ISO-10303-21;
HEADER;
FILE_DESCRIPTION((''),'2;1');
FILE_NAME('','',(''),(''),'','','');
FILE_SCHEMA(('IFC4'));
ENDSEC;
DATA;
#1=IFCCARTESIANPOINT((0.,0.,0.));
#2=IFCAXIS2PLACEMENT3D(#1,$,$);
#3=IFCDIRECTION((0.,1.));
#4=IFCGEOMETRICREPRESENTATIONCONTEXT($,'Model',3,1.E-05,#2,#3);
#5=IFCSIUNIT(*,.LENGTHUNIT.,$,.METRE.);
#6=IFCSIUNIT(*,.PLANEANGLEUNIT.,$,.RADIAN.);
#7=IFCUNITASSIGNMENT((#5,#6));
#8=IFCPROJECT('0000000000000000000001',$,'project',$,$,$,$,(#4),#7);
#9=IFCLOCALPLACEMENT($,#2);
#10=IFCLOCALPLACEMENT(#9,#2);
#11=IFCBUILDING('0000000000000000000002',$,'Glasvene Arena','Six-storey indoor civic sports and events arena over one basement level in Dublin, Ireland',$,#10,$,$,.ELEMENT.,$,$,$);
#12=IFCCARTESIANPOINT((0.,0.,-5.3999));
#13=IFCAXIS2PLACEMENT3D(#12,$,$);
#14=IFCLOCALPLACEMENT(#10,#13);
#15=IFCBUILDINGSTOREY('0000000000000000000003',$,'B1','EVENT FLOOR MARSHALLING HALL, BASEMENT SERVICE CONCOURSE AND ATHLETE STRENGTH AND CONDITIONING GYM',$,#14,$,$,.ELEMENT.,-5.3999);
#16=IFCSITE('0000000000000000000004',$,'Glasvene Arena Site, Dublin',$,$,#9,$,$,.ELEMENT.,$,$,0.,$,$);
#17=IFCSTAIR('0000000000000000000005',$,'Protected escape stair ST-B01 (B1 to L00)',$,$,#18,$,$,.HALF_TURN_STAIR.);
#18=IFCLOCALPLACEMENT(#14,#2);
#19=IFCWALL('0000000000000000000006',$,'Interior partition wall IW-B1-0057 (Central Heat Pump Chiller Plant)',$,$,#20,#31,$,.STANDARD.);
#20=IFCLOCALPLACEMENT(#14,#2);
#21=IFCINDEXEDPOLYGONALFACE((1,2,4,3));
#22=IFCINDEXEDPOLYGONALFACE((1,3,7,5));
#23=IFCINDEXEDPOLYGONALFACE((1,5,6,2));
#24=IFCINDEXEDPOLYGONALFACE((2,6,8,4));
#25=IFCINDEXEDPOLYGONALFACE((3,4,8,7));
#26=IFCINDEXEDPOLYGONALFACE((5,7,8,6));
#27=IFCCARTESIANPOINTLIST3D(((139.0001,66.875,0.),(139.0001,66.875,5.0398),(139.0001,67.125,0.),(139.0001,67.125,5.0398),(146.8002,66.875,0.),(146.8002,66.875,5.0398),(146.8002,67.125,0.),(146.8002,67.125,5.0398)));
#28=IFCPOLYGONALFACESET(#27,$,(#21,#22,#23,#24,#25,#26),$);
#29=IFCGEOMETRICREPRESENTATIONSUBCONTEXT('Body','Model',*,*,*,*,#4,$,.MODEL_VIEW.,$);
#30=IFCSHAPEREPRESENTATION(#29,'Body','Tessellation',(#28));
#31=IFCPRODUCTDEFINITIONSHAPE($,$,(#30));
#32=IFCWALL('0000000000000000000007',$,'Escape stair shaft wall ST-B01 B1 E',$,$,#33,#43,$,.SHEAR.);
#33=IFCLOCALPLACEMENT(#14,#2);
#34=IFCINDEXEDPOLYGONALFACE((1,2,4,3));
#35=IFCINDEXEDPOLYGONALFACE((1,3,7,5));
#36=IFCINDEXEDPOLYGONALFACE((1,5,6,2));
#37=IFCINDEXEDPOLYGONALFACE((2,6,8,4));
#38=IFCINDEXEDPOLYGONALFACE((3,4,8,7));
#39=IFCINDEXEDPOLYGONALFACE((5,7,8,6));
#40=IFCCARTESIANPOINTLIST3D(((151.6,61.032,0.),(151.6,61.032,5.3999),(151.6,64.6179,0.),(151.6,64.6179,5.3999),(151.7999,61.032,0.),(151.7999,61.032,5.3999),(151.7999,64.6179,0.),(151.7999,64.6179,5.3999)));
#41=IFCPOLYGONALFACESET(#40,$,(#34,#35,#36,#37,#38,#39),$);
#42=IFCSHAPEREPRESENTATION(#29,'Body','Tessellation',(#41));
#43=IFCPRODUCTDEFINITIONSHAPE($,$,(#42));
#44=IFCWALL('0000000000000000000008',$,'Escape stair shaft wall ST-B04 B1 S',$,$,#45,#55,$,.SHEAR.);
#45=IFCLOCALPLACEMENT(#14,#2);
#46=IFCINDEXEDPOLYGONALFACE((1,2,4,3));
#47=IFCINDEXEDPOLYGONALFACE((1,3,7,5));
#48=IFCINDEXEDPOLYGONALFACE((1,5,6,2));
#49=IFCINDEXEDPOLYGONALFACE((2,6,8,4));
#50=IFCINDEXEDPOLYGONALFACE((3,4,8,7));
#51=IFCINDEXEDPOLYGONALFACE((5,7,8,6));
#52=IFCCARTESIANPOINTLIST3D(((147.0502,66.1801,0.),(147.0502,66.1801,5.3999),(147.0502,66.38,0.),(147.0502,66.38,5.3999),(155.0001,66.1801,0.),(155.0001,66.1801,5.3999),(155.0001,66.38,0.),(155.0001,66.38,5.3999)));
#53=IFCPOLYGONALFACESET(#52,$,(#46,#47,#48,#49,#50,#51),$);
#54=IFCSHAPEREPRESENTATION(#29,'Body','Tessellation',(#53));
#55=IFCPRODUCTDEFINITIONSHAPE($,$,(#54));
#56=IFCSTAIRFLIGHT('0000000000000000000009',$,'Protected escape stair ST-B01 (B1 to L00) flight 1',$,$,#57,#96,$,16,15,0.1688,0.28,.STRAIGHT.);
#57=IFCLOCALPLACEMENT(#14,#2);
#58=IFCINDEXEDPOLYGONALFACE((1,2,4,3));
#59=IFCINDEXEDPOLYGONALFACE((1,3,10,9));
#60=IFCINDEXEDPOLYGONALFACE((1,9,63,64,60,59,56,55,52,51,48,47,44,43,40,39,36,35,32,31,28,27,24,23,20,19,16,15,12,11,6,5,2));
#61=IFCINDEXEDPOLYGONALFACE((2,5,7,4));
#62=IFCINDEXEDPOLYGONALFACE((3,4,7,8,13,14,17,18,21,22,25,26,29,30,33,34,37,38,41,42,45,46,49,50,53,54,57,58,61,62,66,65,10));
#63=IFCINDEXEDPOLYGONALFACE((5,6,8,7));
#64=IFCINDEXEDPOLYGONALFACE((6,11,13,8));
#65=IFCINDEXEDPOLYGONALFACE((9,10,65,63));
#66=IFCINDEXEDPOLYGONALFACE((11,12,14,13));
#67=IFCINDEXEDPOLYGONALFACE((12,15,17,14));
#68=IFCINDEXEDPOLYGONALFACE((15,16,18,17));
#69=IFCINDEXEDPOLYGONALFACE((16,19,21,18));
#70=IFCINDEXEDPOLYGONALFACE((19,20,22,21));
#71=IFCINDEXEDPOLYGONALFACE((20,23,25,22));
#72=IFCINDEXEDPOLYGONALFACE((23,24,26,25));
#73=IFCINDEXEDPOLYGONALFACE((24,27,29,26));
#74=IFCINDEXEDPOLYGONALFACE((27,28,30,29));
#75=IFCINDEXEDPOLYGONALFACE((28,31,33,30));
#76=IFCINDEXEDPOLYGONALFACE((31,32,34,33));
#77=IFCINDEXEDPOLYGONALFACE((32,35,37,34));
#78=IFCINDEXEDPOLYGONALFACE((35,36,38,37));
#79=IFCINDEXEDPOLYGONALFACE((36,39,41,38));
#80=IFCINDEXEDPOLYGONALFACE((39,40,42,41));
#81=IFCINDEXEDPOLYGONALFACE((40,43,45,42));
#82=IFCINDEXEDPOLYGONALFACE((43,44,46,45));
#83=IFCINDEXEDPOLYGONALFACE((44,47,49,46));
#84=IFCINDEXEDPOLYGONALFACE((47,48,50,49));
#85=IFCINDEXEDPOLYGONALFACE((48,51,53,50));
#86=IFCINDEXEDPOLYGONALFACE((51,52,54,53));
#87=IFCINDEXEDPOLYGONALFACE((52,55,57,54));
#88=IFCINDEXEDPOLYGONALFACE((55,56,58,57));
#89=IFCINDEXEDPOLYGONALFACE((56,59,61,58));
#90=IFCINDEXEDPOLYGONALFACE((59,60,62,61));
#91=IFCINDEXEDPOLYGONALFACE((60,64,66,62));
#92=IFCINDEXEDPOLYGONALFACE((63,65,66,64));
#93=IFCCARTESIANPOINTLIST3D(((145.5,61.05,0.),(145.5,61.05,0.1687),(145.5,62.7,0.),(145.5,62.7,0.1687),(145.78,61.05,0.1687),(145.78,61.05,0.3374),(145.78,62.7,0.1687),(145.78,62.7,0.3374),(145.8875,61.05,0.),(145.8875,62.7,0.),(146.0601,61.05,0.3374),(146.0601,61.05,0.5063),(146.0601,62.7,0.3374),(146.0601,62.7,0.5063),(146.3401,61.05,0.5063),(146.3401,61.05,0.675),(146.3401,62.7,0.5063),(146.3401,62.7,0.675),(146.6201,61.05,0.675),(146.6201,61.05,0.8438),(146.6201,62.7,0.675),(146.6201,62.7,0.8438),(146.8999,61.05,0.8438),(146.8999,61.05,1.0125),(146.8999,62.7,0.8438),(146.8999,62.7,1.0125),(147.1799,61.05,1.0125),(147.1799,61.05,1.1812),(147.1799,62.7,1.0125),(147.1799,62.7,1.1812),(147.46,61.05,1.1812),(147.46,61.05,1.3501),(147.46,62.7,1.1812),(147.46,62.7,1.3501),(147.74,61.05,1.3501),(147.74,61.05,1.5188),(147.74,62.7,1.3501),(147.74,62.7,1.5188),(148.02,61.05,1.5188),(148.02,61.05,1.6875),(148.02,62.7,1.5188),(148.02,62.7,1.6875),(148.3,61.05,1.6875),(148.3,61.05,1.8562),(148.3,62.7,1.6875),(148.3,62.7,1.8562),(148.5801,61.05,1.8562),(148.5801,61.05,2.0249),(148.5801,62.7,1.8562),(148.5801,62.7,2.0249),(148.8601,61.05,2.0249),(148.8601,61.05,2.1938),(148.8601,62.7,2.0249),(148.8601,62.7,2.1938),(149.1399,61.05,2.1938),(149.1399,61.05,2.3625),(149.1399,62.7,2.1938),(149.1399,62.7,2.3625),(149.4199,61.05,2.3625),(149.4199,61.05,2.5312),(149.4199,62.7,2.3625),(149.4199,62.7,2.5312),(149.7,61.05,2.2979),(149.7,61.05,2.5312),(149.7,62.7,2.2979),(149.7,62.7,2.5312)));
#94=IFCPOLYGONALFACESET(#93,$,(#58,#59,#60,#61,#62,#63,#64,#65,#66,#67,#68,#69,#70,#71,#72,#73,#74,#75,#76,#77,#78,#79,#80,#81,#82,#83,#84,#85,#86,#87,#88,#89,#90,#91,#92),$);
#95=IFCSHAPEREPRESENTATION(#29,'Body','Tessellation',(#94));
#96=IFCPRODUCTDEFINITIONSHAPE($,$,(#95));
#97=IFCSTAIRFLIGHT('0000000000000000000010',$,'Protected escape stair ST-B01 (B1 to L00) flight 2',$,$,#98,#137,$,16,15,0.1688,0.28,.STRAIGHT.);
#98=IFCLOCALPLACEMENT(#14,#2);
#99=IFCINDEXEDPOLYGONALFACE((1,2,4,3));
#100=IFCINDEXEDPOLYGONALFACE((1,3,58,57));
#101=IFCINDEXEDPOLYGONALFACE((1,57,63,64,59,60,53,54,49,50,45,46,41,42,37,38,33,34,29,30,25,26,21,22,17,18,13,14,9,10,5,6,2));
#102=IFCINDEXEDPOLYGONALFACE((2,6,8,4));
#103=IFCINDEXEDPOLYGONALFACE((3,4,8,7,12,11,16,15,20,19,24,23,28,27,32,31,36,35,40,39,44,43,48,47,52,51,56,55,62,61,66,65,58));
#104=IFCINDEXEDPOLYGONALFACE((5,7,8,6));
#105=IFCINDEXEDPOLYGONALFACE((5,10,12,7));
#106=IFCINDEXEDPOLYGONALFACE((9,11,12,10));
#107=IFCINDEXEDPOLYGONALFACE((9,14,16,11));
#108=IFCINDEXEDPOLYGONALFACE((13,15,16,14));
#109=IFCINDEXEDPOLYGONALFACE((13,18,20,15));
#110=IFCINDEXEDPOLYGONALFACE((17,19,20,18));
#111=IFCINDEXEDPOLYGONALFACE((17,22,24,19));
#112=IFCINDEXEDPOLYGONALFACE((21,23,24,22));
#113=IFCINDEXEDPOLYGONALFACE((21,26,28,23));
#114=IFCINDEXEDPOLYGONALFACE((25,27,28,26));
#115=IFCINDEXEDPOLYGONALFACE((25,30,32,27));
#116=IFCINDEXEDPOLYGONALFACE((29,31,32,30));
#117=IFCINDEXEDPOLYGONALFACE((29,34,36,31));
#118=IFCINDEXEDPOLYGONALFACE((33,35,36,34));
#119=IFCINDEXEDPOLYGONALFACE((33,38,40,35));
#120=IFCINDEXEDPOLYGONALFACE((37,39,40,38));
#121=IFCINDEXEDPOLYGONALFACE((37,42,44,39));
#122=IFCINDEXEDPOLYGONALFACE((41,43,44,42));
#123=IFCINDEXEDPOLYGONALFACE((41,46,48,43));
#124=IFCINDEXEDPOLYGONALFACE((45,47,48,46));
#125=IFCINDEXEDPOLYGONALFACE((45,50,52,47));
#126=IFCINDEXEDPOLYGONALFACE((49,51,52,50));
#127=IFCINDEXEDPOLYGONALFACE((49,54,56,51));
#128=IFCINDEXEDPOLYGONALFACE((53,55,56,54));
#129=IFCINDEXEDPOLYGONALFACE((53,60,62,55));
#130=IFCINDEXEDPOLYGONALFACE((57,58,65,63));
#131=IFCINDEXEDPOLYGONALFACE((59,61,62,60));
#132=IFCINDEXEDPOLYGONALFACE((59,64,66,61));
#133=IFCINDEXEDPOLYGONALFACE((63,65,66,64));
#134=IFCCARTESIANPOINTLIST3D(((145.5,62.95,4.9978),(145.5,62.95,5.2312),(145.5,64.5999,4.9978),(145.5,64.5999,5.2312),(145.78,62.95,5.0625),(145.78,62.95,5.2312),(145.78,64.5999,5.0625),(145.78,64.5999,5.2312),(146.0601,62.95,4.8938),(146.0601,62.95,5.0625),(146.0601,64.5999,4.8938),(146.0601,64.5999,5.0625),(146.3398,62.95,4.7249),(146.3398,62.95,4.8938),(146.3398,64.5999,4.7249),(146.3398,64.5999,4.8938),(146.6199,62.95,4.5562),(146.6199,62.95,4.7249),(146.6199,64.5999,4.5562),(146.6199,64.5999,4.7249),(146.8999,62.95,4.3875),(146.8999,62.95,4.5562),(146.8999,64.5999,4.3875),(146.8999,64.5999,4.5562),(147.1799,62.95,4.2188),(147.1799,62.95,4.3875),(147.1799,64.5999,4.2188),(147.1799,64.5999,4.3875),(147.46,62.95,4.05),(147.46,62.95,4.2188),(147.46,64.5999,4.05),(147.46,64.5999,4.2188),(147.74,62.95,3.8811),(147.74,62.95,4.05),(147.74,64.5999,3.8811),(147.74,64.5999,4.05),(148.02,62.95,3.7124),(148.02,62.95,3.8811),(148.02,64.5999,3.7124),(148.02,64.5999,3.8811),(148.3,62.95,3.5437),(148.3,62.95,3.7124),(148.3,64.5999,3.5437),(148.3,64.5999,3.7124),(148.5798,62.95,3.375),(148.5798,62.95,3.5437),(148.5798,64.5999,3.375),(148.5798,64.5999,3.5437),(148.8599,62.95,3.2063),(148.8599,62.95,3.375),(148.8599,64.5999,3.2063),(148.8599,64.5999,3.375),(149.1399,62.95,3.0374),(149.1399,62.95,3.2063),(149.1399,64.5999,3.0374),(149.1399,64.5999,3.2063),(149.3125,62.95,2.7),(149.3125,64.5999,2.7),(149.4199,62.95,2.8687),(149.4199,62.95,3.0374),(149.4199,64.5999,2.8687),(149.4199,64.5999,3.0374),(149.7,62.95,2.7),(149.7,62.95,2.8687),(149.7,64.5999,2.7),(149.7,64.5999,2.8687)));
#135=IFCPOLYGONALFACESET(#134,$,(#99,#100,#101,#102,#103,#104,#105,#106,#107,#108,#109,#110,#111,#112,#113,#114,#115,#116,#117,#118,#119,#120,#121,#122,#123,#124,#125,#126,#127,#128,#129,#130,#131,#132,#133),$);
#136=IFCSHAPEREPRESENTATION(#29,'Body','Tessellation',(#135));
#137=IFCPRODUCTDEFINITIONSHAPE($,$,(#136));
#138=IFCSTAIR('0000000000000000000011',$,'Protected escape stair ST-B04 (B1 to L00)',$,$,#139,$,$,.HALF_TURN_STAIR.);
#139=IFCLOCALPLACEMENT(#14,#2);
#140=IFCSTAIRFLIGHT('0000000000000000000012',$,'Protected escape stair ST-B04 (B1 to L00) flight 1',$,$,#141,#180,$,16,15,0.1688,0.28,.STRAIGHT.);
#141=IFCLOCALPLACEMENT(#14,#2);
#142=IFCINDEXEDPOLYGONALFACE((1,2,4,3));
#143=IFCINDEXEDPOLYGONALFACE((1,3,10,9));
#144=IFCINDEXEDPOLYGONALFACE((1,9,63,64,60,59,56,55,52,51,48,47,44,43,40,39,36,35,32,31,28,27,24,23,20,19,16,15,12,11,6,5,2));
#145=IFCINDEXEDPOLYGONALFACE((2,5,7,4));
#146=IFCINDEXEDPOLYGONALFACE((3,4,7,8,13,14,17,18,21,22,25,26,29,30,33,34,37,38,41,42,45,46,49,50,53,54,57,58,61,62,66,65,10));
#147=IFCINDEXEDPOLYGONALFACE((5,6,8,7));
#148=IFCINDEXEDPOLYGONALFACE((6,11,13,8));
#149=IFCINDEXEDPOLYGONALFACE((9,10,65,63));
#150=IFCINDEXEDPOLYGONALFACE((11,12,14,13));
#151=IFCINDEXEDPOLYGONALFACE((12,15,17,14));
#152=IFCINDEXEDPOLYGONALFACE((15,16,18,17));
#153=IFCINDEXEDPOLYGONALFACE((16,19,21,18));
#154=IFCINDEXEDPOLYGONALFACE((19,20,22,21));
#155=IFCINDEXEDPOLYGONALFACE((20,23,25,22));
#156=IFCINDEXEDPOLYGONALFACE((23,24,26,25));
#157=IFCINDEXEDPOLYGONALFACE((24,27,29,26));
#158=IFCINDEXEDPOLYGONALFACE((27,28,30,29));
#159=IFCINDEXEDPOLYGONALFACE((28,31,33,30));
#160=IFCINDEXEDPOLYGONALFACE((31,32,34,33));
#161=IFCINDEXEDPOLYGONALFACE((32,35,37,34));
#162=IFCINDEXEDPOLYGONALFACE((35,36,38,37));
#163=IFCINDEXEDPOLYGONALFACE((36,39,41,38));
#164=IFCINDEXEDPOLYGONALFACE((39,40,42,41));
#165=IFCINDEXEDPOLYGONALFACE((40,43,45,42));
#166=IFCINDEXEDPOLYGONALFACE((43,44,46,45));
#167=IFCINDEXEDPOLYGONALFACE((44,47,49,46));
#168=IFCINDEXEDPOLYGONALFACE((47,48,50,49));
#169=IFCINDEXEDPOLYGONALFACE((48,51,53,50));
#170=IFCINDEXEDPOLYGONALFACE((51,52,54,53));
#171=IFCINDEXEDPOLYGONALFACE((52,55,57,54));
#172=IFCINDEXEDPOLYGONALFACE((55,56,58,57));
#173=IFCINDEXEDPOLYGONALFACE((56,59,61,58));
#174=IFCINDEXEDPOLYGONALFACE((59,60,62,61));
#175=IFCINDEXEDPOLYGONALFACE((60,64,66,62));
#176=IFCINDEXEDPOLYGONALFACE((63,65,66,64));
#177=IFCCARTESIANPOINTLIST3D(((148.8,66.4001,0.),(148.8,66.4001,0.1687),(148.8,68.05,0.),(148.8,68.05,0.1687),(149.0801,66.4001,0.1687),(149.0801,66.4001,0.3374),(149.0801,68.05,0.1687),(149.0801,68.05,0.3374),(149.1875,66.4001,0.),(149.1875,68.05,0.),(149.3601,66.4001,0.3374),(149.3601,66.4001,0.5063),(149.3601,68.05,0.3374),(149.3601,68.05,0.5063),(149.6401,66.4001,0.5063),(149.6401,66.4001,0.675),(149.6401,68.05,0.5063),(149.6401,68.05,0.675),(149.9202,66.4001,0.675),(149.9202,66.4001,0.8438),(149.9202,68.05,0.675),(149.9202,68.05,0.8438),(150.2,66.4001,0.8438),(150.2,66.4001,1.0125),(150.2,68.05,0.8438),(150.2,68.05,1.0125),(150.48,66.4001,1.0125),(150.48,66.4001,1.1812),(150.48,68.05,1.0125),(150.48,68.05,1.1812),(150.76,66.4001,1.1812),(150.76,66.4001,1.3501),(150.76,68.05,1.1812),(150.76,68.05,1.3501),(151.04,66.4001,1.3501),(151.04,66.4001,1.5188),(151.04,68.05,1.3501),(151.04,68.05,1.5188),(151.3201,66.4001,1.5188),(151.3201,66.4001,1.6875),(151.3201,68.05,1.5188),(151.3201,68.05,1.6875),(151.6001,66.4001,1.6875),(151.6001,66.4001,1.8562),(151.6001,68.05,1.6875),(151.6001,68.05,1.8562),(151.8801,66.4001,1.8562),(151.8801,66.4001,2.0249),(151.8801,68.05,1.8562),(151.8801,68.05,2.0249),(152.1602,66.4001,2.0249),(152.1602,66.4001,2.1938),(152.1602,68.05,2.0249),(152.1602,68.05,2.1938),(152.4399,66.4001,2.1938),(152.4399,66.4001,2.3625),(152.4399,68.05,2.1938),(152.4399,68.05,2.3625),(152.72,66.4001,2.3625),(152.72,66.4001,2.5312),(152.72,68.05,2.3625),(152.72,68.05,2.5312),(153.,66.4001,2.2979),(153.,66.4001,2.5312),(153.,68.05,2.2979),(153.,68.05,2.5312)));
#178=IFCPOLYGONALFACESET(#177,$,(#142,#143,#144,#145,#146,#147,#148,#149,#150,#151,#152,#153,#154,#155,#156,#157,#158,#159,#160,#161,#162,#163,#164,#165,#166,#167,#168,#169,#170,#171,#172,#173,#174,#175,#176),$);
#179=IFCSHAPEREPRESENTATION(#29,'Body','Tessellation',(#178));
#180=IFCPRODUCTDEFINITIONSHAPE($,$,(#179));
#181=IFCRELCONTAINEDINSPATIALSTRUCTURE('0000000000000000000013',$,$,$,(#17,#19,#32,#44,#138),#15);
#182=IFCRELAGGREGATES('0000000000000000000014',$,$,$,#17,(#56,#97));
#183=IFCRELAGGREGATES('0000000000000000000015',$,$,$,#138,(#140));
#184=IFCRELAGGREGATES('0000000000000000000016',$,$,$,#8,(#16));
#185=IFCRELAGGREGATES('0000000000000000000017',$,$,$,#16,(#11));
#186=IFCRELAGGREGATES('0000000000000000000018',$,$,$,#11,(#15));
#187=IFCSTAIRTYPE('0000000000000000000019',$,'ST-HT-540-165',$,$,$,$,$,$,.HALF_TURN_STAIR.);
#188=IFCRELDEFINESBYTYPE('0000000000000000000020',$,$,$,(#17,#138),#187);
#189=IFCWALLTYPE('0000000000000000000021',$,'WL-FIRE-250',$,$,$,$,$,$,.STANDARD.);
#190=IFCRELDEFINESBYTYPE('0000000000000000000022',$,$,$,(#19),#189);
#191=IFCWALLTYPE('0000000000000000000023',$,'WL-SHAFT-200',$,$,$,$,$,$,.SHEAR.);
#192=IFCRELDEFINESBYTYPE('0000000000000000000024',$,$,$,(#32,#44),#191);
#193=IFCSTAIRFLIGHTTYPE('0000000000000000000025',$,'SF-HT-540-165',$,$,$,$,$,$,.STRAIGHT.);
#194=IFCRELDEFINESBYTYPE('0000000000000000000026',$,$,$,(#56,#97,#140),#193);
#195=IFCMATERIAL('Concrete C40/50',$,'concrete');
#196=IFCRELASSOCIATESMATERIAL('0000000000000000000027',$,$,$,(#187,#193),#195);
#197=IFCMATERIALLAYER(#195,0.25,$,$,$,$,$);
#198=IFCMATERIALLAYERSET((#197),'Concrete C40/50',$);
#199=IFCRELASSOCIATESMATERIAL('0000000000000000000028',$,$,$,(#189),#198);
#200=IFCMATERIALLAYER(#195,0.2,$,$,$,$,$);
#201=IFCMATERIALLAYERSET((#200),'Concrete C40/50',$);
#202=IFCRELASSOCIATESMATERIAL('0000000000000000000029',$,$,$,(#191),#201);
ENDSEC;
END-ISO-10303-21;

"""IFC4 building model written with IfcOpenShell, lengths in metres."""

from ifc_helpers import new_model, si_unit, direction, frame, frame_2d, origin, place, context, subcontext, project, spatial, polyline, rectangle, outline, extrude, material, layer, layer_set, type_object, element, aggregate, save


model = new_model("IFC4")

# Units and contexts
model_context = context("Model", 3, precision=1e-05, world=origin(), true_north=direction((0.0, 1.0)))
body_context = subcontext(model_context, "Body", "Model", "MODEL_VIEW")
ifc_project = project(units=[si_unit("LENGTHUNIT", "METRE"), si_unit("PLANEANGLEUNIT", "RADIAN")], contexts=[model_context])

# Site, building, storey
site_placement = place(None, origin())
site = spatial("IfcSite", under=ifc_project, at=site_placement, Name="Glasvene Arena Site, Dublin", CompositionType="ELEMENT", RefElevation=0.0)
building_placement = place(site_placement, origin())
building = spatial("IfcBuilding", under=site, at=building_placement, Name="Glasvene Arena", Description="Six-storey indoor civic sports and events arena over one basement level in Dublin, Ireland", CompositionType="ELEMENT")
storey_placement = place(building_placement, frame((0.0, 0.0, -5.3999)))
storey = spatial("IfcBuildingStorey", under=building, at=storey_placement, Name="B1", Description="EVENT FLOOR MARSHALLING HALL, BASEMENT SERVICE CONCOURSE AND ATHLETE STRENGTH AND CONDITIONING GYM", CompositionType="ELEMENT", Elevation=-5.3999)

# Shared definitions
ifc_material_1 = material(Name="Concrete C40/50", Category="concrete")

# Stair
stair_type = type_object("IfcStairType", Name="ST-HT-540-165", PredefinedType="HALF_TURN_STAIR", material=ifc_material_1)
stair_1_placement = place(storey_placement, origin())
stair_1 = element("IfcStair", 1, at=stair_1_placement, inside=storey, type_object=stair_type, Name="Protected escape stair ST-B01 (B1 to L00)", PredefinedType="HALF_TURN_STAIR")

# Walls
ifc_layer_1 = layer(ifc_material_1, 0.25)
ifc_layer_set_1 = layer_set([ifc_layer_1], Name="Concrete C40/50")
wall_type_1 = type_object("IfcWallType", Name="WL-FIRE-250", PredefinedType="STANDARD", material=ifc_layer_set_1)
wall_1_placement = place(storey_placement, frame((146.8, 67.0, 0.0), z_axis=(0.0, 0.0, 1.0), x_axis=(-1.0, 0.0, 0.0)))
element("IfcWall", 2, at=wall_1_placement, inside=storey, type_object=wall_type_1, Name="Interior partition wall IW-B1-0057 (Central Heat Pump Chiller Plant)", PredefinedType="STANDARD", context=body_context, shape_type="SweptSolid", body=[
    extrude(rectangle(XDim=7.8, YDim=0.25, at=frame_2d((3.8999, 0.0))), origin(), (0.0, 0.0, 1.0), 5.0398),
])
ifc_layer_2 = layer(ifc_material_1, 0.2)
ifc_layer_set_2 = layer_set([ifc_layer_2], Name="Concrete C40/50")
wall_type_2 = type_object("IfcWallType", Name="WL-SHAFT-200", PredefinedType="SHEAR", material=ifc_layer_set_2)
wall_2_placement = place(storey_placement, frame((151.7, 61.032, 0.0), z_axis=(0.0, 0.0, 1.0), x_axis=(0.0, 1.0, 0.0)))
element("IfcWall", 3, at=wall_2_placement, inside=storey, type_object=wall_type_2, Name="Escape stair shaft wall ST-B01 B1 E", PredefinedType="SHEAR", context=body_context, shape_type="SweptSolid", body=[
    extrude(rectangle(XDim=3.5859, YDim=0.2, at=frame_2d((1.793, 0.0))), origin(), (0.0, 0.0, 1.0), 5.3999),
])
wall_3_placement = place(storey_placement, frame((147.05, 66.28, 0.0), z_axis=(0.0, 0.0, 1.0), x_axis=(1.0, 0.0, 0.0)))
element("IfcWall", 4, at=wall_3_placement, inside=storey, type_object=wall_type_2, Name="Escape stair shaft wall ST-B04 B1 S", PredefinedType="SHEAR", context=body_context, shape_type="SweptSolid", body=[
    extrude(rectangle(XDim=7.95, YDim=0.2, at=frame_2d((3.9751, 0.0))), origin(), (0.0, 0.0, 1.0), 5.3999),
])

# Stair flights
stair_flight_type = type_object("IfcStairFlightType", Name="SF-HT-540-165", PredefinedType="STRAIGHT", material=ifc_material_1)
stair_flight_1_placement = place(storey_placement, frame((145.5, 61.875, 0.0), z_axis=(0.0, 0.0, 1.0), x_axis=(1.0, 0.0, 0.0)))
stair_flight_1 = element("IfcStairFlight", 5, at=stair_flight_1_placement, type_object=stair_flight_type, Name="Protected escape stair ST-B01 (B1 to L00) flight 1", NumberOfRisers=16, NumberOfTreads=15, PredefinedType="STRAIGHT", RiserHeight=0.1688, TreadLength=0.28, context=body_context, shape_type="SweptSolid", body=[
    extrude(outline(polyline([(0.0, 0.0), (0.0, 0.1687), (0.28, 0.1687), (0.28, 0.3374), (0.5601, 0.3374), (0.5601, 0.5063), (0.8401, 0.5063), (0.8401, 0.675), (1.1201, 0.675), (1.1201, 0.8438), (1.3999, 0.8438), (1.3999, 1.0125), (1.6799, 1.0125), (1.6799, 1.1812), (1.96, 1.1812), (1.96, 1.3501), (2.24, 1.3501), (2.24, 1.5188), (2.52, 1.5188), (2.52, 1.6875), (2.8, 1.6875), (2.8, 1.8562), (3.0801, 1.8562), (3.0801, 2.0249), (3.3601, 2.0249), (3.3601, 2.1938), (3.6399, 2.1938), (3.6399, 2.3625), (3.9199, 2.3625), (3.9199, 2.5312), (4.2, 2.5312), (4.2, 2.7), (4.2, 2.2979), (0.3875, 0.0), (0.0, 0.0)])), frame((0.0, 0.825, 0.0), z_axis=(0.0, -1.0, 0.0), x_axis=(1.0, 0.0, 0.0)), (0.0, 0.0, 1.0), 1.6499),
])
stair_flight_2_placement = place(storey_placement, frame((149.7, 63.7749, 2.7), z_axis=(0.0, 0.0, 1.0), x_axis=(-1.0, 0.0, 0.0)))
stair_flight_2 = element("IfcStairFlight", 6, at=stair_flight_2_placement, type_object=stair_flight_type, Name="Protected escape stair ST-B01 (B1 to L00) flight 2", NumberOfRisers=16, NumberOfTreads=15, PredefinedType="STRAIGHT", RiserHeight=0.1688, TreadLength=0.28, context=body_context, shape_type="SweptSolid", body=[
    extrude(outline(polyline([(0.0, 0.0), (0.0, 0.1687), (0.28, 0.1687), (0.28, 0.3374), (0.5601, 0.3374), (0.5601, 0.5063), (0.8401, 0.5063), (0.8401, 0.675), (1.1201, 0.675), (1.1201, 0.8438), (1.3999, 0.8438), (1.3999, 1.0125), (1.6799, 1.0125), (1.6799, 1.1812), (1.96, 1.1812), (1.96, 1.3501), (2.24, 1.3501), (2.24, 1.5188), (2.52, 1.5188), (2.52, 1.6875), (2.8, 1.6875), (2.8, 1.8562), (3.0801, 1.8562), (3.0801, 2.0249), (3.3601, 2.0249), (3.3601, 2.1938), (3.6399, 2.1938), (3.6399, 2.3625), (3.9199, 2.3625), (3.9199, 2.5312), (4.2, 2.5312), (4.2, 2.7), (4.2, 2.2979), (0.3875, 0.0), (0.0, 0.0)])), frame((0.0, 0.825, 0.0), z_axis=(0.0, -1.0, 0.0), x_axis=(1.0, 0.0, 0.0)), (0.0, 0.0, 1.0), 1.6499),
])
aggregate(stair_1, [stair_flight_1, stair_flight_2])

# Stair, stair flight
stair_2_placement = place(storey_placement, origin())
stair_2 = element("IfcStair", 7, at=stair_2_placement, inside=storey, type_object=stair_type, Name="Protected escape stair ST-B04 (B1 to L00)", PredefinedType="HALF_TURN_STAIR")
stair_flight_3_placement = place(storey_placement, frame((148.8, 67.2251, 0.0), z_axis=(0.0, 0.0, 1.0), x_axis=(1.0, 0.0, 0.0)))
stair_flight_3 = element("IfcStairFlight", 8, at=stair_flight_3_placement, type_object=stair_flight_type, Name="Protected escape stair ST-B04 (B1 to L00) flight 1", NumberOfRisers=16, NumberOfTreads=15, PredefinedType="STRAIGHT", RiserHeight=0.1688, TreadLength=0.28, context=body_context, shape_type="SweptSolid", body=[
    extrude(outline(polyline([(0.0, 0.0), (0.0, 0.1687), (0.28, 0.1687), (0.28, 0.3374), (0.5601, 0.3374), (0.5601, 0.5063), (0.8401, 0.5063), (0.8401, 0.675), (1.1201, 0.675), (1.1201, 0.8438), (1.3999, 0.8438), (1.3999, 1.0125), (1.6799, 1.0125), (1.6799, 1.1812), (1.96, 1.1812), (1.96, 1.3501), (2.24, 1.3501), (2.24, 1.5188), (2.52, 1.5188), (2.52, 1.6875), (2.8, 1.6875), (2.8, 1.8562), (3.0801, 1.8562), (3.0801, 2.0249), (3.3601, 2.0249), (3.3601, 2.1938), (3.6399, 2.1938), (3.6399, 2.3625), (3.9199, 2.3625), (3.9199, 2.5312), (4.2, 2.5312), (4.2, 2.7), (4.2, 2.2979), (0.3875, 0.0), (0.0, 0.0)])), frame((0.0, 0.825, 0.0), z_axis=(0.0, -1.0, 0.0), x_axis=(1.0, 0.0, 0.0)), (0.0, 0.0, 1.0), 1.6499),
])
aggregate(stair_2, [stair_flight_3])

save(model, "model.ifc")
